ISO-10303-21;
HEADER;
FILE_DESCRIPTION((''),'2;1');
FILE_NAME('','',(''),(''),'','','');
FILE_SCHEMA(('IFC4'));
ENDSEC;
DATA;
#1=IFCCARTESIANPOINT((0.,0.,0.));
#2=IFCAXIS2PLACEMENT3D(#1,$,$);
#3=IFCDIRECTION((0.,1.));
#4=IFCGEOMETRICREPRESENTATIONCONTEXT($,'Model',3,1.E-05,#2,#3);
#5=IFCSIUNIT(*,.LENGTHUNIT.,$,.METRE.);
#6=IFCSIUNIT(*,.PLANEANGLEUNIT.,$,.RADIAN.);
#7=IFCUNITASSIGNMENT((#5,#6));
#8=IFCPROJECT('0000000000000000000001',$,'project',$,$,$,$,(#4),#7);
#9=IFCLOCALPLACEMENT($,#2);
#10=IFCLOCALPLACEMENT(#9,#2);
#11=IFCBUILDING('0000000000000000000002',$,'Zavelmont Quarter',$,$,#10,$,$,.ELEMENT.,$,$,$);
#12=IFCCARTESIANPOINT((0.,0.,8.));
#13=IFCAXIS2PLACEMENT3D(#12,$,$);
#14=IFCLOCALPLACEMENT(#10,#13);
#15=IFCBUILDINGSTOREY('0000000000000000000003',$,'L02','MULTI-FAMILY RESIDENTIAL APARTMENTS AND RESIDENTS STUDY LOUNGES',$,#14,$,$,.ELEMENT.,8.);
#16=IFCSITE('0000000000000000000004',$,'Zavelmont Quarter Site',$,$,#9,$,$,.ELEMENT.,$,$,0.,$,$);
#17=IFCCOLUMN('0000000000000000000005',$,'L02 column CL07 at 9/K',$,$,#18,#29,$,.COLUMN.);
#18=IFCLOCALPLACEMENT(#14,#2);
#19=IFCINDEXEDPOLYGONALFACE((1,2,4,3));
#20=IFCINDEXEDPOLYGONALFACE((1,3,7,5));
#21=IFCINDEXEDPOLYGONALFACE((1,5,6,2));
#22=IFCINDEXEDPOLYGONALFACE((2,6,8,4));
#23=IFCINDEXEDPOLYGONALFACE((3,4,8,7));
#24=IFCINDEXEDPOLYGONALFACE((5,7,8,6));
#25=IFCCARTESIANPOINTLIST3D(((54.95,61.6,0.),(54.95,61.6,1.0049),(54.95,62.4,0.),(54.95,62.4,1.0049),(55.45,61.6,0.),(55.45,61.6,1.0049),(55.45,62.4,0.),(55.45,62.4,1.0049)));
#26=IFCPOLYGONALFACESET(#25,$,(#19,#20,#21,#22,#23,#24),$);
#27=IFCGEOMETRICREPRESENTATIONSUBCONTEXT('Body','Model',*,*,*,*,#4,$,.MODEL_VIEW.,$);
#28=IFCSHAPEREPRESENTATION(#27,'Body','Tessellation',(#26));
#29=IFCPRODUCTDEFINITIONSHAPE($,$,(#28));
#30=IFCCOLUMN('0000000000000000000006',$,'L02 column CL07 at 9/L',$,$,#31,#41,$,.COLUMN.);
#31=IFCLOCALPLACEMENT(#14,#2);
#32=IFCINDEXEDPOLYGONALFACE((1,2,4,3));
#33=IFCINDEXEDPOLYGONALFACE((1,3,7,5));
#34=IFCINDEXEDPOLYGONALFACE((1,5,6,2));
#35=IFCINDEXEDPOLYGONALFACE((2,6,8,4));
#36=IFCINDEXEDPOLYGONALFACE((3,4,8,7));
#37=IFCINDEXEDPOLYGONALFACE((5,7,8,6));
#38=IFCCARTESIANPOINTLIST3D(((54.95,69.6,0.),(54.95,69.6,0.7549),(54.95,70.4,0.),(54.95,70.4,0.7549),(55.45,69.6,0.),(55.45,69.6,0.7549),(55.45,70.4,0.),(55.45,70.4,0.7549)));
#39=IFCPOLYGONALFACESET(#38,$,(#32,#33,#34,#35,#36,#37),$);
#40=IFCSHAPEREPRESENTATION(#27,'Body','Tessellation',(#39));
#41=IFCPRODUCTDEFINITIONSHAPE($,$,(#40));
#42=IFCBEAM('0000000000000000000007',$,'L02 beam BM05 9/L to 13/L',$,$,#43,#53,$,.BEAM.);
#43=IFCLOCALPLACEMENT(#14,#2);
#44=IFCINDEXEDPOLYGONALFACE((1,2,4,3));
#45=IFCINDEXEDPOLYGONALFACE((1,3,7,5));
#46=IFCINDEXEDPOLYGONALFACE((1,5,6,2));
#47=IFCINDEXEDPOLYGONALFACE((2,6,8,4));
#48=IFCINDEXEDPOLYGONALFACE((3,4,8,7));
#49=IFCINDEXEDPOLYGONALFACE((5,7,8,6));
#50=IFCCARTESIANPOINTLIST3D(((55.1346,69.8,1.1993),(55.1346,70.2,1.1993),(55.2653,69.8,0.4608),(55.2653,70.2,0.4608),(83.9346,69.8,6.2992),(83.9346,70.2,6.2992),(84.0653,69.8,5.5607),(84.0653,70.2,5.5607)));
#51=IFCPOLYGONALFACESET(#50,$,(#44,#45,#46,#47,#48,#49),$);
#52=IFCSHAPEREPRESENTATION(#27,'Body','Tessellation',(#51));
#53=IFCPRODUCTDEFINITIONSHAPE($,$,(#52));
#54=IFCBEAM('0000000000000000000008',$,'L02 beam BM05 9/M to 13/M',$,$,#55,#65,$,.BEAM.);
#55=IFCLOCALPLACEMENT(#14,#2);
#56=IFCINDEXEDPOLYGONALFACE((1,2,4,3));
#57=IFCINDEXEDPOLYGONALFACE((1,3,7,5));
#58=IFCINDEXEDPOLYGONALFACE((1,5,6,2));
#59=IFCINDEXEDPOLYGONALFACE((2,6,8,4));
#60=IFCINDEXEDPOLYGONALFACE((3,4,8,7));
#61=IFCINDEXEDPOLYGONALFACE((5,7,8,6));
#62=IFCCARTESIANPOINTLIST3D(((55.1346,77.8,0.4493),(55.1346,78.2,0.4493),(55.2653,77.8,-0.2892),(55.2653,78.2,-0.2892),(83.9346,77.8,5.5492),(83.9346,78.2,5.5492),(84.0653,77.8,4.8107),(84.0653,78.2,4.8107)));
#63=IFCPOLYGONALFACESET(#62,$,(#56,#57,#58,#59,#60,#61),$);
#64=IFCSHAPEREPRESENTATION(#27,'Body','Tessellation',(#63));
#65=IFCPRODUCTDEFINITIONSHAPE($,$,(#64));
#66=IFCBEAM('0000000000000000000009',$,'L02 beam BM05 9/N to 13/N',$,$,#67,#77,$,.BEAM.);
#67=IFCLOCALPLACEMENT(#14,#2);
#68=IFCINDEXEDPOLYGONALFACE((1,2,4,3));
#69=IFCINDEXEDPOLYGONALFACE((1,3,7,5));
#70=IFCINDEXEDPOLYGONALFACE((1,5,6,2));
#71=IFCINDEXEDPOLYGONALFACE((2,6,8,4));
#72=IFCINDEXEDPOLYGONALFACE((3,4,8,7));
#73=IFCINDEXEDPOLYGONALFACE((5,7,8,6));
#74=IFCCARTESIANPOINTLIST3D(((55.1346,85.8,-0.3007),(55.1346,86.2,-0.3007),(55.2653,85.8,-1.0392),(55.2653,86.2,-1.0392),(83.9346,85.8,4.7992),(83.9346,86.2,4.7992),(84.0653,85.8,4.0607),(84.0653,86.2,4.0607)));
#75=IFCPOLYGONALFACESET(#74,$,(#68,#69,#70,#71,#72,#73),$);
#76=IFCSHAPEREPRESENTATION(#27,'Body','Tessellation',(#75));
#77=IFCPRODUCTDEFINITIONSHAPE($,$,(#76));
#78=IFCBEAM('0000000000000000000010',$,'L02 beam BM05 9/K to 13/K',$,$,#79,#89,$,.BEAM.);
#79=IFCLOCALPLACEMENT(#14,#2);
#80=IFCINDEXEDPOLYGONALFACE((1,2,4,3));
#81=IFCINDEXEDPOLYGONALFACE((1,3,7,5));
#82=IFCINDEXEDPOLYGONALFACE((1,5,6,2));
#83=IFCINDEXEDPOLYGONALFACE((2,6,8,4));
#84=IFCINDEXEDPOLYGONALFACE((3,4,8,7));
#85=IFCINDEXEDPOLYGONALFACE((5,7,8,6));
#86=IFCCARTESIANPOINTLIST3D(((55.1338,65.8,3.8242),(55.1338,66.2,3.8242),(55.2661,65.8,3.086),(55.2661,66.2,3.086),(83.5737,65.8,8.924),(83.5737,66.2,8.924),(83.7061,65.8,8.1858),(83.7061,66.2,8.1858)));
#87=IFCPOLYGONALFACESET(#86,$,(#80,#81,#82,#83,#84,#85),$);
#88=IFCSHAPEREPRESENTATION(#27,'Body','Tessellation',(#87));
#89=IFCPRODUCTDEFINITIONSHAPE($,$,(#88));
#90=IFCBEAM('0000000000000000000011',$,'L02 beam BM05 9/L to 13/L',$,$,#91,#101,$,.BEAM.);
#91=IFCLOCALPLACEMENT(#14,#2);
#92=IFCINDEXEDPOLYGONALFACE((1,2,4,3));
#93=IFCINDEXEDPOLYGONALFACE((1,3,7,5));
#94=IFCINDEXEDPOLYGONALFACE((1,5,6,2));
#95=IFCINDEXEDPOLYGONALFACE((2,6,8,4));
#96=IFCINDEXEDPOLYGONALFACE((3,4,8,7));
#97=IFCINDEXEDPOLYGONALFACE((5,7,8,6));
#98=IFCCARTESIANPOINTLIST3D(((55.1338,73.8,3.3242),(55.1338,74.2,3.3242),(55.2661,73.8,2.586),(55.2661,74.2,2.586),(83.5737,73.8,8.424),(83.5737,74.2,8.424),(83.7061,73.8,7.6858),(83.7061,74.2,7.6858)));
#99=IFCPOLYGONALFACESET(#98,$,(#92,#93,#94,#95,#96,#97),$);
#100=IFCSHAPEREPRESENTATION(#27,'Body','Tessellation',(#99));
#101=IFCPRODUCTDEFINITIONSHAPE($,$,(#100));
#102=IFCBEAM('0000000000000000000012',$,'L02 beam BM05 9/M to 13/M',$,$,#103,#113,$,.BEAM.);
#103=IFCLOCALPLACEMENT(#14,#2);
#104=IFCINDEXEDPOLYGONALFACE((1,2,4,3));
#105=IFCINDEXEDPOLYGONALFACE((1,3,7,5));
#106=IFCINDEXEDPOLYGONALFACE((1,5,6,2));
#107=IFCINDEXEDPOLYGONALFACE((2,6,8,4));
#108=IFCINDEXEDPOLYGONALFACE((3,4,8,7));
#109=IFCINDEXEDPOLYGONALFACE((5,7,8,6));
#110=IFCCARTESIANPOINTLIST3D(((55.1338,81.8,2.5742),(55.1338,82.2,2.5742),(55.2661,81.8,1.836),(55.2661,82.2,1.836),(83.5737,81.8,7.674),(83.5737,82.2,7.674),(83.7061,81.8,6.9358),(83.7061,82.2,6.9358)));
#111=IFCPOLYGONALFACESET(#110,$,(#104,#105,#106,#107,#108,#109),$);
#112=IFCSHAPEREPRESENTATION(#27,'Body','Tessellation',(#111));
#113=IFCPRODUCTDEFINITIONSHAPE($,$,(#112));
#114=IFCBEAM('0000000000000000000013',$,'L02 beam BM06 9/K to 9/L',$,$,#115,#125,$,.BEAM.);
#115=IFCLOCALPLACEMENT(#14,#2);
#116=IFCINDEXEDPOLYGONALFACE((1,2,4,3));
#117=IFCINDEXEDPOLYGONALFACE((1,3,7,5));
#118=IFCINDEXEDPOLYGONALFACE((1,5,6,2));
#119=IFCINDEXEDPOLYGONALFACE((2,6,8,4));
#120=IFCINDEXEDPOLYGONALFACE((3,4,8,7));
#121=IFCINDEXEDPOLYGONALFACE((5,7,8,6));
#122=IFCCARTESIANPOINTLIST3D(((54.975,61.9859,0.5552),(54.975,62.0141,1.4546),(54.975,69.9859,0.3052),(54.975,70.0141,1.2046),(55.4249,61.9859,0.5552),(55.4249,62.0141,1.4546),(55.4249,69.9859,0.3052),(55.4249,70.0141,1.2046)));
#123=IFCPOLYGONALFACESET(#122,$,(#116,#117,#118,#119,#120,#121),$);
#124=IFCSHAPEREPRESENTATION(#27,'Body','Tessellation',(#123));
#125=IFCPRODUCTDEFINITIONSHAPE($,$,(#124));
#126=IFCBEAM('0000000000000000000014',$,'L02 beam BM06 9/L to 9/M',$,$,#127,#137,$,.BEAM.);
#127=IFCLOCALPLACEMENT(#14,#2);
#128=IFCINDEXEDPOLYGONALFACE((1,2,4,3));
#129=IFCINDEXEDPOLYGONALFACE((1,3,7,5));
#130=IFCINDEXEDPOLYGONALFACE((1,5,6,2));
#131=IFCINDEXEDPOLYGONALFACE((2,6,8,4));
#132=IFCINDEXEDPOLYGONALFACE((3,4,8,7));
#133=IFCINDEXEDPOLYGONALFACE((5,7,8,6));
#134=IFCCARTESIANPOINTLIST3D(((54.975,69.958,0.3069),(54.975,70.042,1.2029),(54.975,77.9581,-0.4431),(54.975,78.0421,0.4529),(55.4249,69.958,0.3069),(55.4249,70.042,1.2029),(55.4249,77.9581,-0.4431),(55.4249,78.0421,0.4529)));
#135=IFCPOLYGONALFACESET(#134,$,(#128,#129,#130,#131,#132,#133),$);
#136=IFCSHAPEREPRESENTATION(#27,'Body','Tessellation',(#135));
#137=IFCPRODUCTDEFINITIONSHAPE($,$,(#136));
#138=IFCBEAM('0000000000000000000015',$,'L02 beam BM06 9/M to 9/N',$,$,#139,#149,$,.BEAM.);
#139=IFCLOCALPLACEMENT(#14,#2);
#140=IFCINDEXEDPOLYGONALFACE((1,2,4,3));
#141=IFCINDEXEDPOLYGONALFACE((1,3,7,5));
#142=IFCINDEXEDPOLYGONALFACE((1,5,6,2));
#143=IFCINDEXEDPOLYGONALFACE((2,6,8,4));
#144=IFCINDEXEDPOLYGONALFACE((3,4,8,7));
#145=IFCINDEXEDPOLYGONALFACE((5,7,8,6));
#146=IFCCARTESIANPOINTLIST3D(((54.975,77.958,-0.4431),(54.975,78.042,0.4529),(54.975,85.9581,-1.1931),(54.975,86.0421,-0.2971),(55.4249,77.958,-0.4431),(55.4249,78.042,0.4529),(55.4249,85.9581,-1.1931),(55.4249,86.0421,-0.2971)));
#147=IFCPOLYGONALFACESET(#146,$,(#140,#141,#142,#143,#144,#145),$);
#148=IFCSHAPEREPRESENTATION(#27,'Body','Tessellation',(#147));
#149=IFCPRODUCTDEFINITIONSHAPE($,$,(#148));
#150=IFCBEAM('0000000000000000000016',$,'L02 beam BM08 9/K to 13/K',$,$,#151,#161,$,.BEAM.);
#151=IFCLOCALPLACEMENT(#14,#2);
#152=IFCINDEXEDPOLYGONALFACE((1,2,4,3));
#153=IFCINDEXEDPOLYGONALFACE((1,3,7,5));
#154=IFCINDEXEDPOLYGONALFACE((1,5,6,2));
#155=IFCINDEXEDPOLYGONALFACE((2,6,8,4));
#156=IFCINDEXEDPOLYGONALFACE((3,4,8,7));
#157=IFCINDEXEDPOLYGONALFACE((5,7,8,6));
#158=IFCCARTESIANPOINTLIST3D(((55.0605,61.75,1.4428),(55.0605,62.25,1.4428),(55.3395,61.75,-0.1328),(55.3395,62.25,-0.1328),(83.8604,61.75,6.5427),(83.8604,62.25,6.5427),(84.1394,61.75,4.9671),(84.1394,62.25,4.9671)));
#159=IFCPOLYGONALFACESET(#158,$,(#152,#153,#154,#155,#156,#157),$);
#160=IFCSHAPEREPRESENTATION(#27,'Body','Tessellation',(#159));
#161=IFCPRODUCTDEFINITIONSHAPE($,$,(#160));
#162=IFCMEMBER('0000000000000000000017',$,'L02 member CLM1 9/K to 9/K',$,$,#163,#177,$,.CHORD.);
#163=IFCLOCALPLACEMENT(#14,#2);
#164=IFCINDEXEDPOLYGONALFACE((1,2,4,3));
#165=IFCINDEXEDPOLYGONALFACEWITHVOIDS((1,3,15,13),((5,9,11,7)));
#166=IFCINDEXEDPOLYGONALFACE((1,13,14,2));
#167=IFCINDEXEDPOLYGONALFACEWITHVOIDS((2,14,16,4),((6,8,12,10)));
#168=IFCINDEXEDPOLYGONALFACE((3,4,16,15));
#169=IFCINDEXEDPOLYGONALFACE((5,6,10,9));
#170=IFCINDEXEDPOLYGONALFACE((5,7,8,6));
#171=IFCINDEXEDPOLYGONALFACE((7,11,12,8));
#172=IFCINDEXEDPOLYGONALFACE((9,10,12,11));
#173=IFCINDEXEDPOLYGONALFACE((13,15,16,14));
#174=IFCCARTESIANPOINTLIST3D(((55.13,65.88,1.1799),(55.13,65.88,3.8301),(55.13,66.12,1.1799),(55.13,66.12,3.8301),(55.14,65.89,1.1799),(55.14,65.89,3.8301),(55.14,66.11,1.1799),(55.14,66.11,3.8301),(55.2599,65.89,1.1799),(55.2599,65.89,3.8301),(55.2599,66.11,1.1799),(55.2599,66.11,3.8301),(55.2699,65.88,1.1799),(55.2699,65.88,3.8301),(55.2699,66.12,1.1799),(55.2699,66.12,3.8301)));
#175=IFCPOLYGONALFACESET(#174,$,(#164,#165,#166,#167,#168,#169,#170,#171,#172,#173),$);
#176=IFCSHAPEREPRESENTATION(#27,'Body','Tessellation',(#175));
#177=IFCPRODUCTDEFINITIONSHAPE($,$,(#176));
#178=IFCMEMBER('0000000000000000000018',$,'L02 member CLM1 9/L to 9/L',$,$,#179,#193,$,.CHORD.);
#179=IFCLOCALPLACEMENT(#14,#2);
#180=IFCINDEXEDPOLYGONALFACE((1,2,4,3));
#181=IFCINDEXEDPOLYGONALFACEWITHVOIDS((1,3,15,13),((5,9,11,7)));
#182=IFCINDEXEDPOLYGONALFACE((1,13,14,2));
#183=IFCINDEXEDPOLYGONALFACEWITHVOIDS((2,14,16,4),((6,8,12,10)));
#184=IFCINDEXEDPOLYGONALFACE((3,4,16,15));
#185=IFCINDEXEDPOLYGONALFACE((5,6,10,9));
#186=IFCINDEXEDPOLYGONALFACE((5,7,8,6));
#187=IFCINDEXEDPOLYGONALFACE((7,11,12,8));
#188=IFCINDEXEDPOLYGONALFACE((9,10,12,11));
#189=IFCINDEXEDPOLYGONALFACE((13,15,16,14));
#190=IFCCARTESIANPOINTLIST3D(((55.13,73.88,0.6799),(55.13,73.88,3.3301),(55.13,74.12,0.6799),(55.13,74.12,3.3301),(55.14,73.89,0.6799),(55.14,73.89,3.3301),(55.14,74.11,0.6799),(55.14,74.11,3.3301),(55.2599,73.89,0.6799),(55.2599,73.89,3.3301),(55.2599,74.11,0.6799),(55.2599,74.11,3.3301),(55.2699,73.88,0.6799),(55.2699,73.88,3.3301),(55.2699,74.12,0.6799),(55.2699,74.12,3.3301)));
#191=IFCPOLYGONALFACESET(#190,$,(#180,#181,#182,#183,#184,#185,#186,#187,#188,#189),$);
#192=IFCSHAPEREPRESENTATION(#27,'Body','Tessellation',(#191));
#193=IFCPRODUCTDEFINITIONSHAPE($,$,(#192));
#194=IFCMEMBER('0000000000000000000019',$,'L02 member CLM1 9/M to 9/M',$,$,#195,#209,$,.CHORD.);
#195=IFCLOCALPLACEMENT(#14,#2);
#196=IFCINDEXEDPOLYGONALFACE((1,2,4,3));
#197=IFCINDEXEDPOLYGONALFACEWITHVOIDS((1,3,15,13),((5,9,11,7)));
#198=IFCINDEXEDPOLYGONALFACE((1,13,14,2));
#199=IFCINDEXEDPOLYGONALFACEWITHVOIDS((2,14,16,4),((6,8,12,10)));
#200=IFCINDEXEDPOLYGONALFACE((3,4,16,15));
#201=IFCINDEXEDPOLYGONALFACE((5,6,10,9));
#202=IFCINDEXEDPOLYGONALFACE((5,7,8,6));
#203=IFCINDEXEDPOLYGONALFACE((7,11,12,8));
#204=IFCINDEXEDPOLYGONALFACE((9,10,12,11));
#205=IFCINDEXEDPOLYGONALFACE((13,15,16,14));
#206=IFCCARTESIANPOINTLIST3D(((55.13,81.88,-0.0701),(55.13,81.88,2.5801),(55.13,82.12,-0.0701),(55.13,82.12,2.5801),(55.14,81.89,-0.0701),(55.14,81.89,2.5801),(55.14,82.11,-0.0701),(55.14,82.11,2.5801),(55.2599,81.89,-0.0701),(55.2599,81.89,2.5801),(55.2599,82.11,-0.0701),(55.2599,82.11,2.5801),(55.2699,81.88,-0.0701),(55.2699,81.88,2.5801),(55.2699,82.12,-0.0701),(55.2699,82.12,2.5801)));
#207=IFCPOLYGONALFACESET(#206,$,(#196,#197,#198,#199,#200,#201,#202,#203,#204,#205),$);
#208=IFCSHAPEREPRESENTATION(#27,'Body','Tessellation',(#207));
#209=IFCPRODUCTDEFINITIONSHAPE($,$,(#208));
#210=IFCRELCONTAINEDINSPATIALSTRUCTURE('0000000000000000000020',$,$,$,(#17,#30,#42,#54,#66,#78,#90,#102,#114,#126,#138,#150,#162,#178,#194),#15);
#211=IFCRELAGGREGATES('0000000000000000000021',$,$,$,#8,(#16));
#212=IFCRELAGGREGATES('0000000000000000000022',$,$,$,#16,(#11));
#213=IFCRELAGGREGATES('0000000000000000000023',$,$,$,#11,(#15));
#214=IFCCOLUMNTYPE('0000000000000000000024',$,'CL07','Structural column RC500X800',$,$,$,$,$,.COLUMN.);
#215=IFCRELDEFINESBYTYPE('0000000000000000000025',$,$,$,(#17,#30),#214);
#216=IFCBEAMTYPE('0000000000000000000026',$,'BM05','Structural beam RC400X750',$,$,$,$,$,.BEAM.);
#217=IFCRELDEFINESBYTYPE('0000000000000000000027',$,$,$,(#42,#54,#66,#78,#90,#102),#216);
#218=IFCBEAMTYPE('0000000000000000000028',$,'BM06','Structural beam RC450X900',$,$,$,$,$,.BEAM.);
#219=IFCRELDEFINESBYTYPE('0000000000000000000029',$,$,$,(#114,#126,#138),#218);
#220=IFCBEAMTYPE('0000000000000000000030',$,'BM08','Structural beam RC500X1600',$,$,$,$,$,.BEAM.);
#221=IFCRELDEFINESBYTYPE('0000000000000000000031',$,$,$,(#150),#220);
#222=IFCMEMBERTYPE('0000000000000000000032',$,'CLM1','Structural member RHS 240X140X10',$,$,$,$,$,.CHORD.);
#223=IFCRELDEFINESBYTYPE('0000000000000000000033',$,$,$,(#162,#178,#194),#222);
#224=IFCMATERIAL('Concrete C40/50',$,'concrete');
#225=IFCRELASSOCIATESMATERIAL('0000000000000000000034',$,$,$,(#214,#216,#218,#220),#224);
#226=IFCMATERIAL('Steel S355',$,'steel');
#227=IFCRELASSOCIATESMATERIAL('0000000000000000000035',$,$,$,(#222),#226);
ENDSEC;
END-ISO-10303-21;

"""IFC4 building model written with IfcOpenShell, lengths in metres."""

from ifc_helpers import new_model, si_unit, direction, frame, origin, origin_2d, place, context, subcontext, project, spatial, rectangle, hollow_rectangle, extrude, material, material_profile, profile_set, type_object, element, save


model = new_model("IFC4")

# Units and contexts
model_context = context("Model", 3, precision=1e-05, world=origin(), true_north=direction((0.0, 1.0)))
body_context = subcontext(model_context, "Body", "Model", "MODEL_VIEW")
ifc_project = project(units=[si_unit("LENGTHUNIT", "METRE"), si_unit("PLANEANGLEUNIT", "RADIAN")], contexts=[model_context])

# Site, building, storey
site_placement = place(None, origin())
site = spatial("IfcSite", under=ifc_project, at=site_placement, Name="Zavelmont Quarter Site", CompositionType="ELEMENT", RefElevation=0.0)
building_placement = place(site_placement, origin())
building = spatial("IfcBuilding", under=site, at=building_placement, Name="Zavelmont Quarter", CompositionType="ELEMENT")
storey_placement = place(building_placement, frame((0.0, 0.0, 8.0)))
storey = spatial("IfcBuildingStorey", under=building, at=storey_placement, Name="L02", Description="MULTI-FAMILY RESIDENTIAL APARTMENTS AND RESIDENTS STUDY LOUNGES", CompositionType="ELEMENT", Elevation=8.0)

# Columns
ifc_material_1 = material(Name="Concrete C40/50", Category="concrete")
ifc_material_profile_1 = material_profile(ifc_material_1, rectangle(XDim=0.5, YDim=0.8, at=origin_2d()), Name="RC500X800")
ifc_profile_set_1 = profile_set([ifc_material_profile_1], Name="Concrete C40/50")
column_type = type_object("IfcColumnType", Name="CL07", Description="Structural column RC500X800", PredefinedType="COLUMN", material=ifc_profile_set_1)
column_1_placement = place(storey_placement, frame((55.2, 62.0, 0.0), z_axis=(0.0, 0.0, 1.0), x_axis=(1.0, 0.0, 0.0)))
element("IfcColumn", 1, at=column_1_placement, inside=storey, type_object=column_type, Name="L02 column CL07 at 9/K", PredefinedType="COLUMN", context=body_context, shape_type="SweptSolid", body=[
    extrude(rectangle(XDim=0.5, YDim=0.8, at=origin_2d()), origin(), (0.0, 0.0, 1.0), 1.0049),
])
column_2_placement = place(storey_placement, frame((55.2, 70.0, 0.0), z_axis=(0.0, 0.0, 1.0), x_axis=(1.0, 0.0, 0.0)))
element("IfcColumn", 2, at=column_2_placement, inside=storey, type_object=column_type, Name="L02 column CL07 at 9/L", PredefinedType="COLUMN", context=body_context, shape_type="SweptSolid", body=[
    extrude(rectangle(XDim=0.5, YDim=0.8, at=origin_2d()), origin(), (0.0, 0.0, 1.0), 0.7549),
])

# Beams
ifc_material_profile_2 = material_profile(ifc_material_1, rectangle(XDim=0.3999, YDim=0.75, at=origin_2d()), Name="RC400X750")
ifc_profile_set_2 = profile_set([ifc_material_profile_2], Name="Concrete C40/50")
beam_type_1 = type_object("IfcBeamType", Name="BM05", Description="Structural beam RC400X750", PredefinedType="BEAM", material=ifc_profile_set_2)
for number, where, z_axis, x_axis, name in (
    (3, (55.2, 70.0, 0.8301), (0.984681, 0.0, 0.174365), (0.0, 1.0, 0.0), "L02 beam BM05 9/L to 13/L"),
    (4, (55.2, 78.0, 0.0801), (0.984681, 0.0, 0.174365), (0.0, 1.0, 0.0), "L02 beam BM05 9/M to 13/M"),
    (5, (55.2, 86.0, -0.6699), (0.984681, 0.0, 0.174365), (0.0, 1.0, 0.0), "L02 beam BM05 9/N to 13/N"),
):
    element("IfcBeam", number, at=place(storey_placement, frame(where, z_axis=z_axis, x_axis=x_axis)), inside=storey, type_object=beam_type_1, Name=name, PredefinedType="BEAM", context=body_context, shape_type="SweptSolid", body=[
        extrude(rectangle(XDim=0.3999, YDim=0.75, at=origin_2d()), origin(), (0.0, 0.0, 1.0), 29.248),
    ])
for number, where, z_axis, x_axis, name in (
    (6, (55.2, 66.0, 3.4551), (0.9843, 0.0, 0.176505), (0.0, 1.0, 0.0), "L02 beam BM05 9/K to 13/K"),
    (7, (55.2, 74.0, 2.9551), (0.9843, 0.0, 0.176505), (0.0, 1.0, 0.0), "L02 beam BM05 9/L to 13/L"),
    (8, (55.2, 82.0, 2.2051), (0.9843, 0.0, 0.176505), (0.0, 1.0, 0.0), "L02 beam BM05 9/M to 13/M"),
):
    element("IfcBeam", number, at=place(storey_placement, frame(where, z_axis=z_axis, x_axis=x_axis)), inside=storey, type_object=beam_type_1, Name=name, PredefinedType="BEAM", context=body_context, shape_type="SweptSolid", body=[
        extrude(rectangle(XDim=0.3999, YDim=0.75, at=origin_2d()), origin(), (0.0, 0.0, 1.0), 28.8936),
    ])
ifc_material_profile_3 = material_profile(ifc_material_1, rectangle(XDim=0.45, YDim=0.8999, at=origin_2d()), Name="RC450X900")
ifc_profile_set_3 = profile_set([ifc_material_profile_3], Name="Concrete C40/50")
beam_type_2 = type_object("IfcBeamType", Name="BM06", Description="Structural beam RC450X900", PredefinedType="BEAM", material=ifc_profile_set_3)
beam_1_placement = place(storey_placement, frame((55.2, 62.0, 1.0049), z_axis=(0.0, 0.999512, -0.031235), x_axis=(-1.0, 0.0, 0.0)))
element("IfcBeam", 9, at=beam_1_placement, inside=storey, type_object=beam_type_2, Name="L02 beam BM06 9/K to 9/L", PredefinedType="BEAM", context=body_context, shape_type="SweptSolid", body=[
    extrude(rectangle(XDim=0.45, YDim=0.8999, at=origin_2d()), origin(), (0.0, 0.0, 1.0), 8.0039),
])
for number, where, z_axis, x_axis, name in (
    (10, (55.2, 70.0, 0.7549), (0.0, 0.995634, -0.093341), (-1.0, 0.0, 0.0), "L02 beam BM06 9/L to 9/M"),
    (11, (55.2, 78.0, 0.0049), (0.0, 0.995634, -0.093341), (-1.0, 0.0, 0.0), "L02 beam BM06 9/M to 9/N"),
):
    element("IfcBeam", number, at=place(storey_placement, frame(where, z_axis=z_axis, x_axis=x_axis)), inside=storey, type_object=beam_type_2, Name=name, PredefinedType="BEAM", context=body_context, shape_type="SweptSolid", body=[
        extrude(rectangle(XDim=0.45, YDim=0.8999, at=origin_2d()), origin(), (0.0, 0.0, 1.0), 8.0352),
    ])
ifc_material_profile_4 = material_profile(ifc_material_1, rectangle(XDim=0.5, YDim=1.6001, at=origin_2d()), Name="RC500X1600")
ifc_profile_set_4 = profile_set([ifc_material_profile_4], Name="Concrete C40/50")
beam_type_3 = type_object("IfcBeamType", Name="BM08", Description="Structural beam RC500X1600", PredefinedType="BEAM", material=ifc_profile_set_4)
beam_2_placement = place(storey_placement, frame((55.2, 62.0, 0.655), z_axis=(0.984681, 0.0, 0.174365), x_axis=(0.0, 1.0, 0.0)))
element("IfcBeam", 12, at=beam_2_placement, inside=storey, type_object=beam_type_3, Name="L02 beam BM08 9/K to 13/K", PredefinedType="BEAM", context=body_context, shape_type="SweptSolid", body=[
    extrude(rectangle(XDim=0.5, YDim=1.6001, at=origin_2d()), origin(), (0.0, 0.0, 1.0), 29.248),
])

# Members
ifc_material_2 = material(Name="Steel S355", Category="steel")
ifc_material_profile_5 = material_profile(ifc_material_2, hollow_rectangle(XDim=0.1399, YDim=0.24, WallThickness=0.01, at=origin_2d()), Name="RHS 240X140X10")
ifc_profile_set_5 = profile_set([ifc_material_profile_5], Name="Steel S355")
member_type_1 = type_object("IfcMemberType", Name="CLM1", Description="Structural member RHS 240X140X10", PredefinedType="CHORD", material=ifc_profile_set_5)
for number, where, z_axis, x_axis, name in (
    (13, (55.2, 66.0, 1.1799), (0.0, 0.0, 1.0), (1.0, 0.0, 0.0), "L02 member CLM1 9/K to 9/K"),
    (14, (55.2, 74.0, 0.6799), (0.0, 0.0, 1.0), (1.0, 0.0, 0.0), "L02 member CLM1 9/L to 9/L"),
    (15, (55.2, 82.0, -0.0701), (0.0, 0.0, 1.0), (1.0, 0.0, 0.0), "L02 member CLM1 9/M to 9/M"),
):
    element("IfcMember", number, at=place(storey_placement, frame(where, z_axis=z_axis, x_axis=x_axis)), inside=storey, type_object=member_type_1, Name=name, PredefinedType="CHORD", context=body_context, shape_type="SweptSolid", body=[
        extrude(hollow_rectangle(XDim=0.1399, YDim=0.24, WallThickness=0.01, at=origin_2d()), origin(), (0.0, 0.0, 1.0), 2.6501),
    ])

save(model, "model.ifc")
